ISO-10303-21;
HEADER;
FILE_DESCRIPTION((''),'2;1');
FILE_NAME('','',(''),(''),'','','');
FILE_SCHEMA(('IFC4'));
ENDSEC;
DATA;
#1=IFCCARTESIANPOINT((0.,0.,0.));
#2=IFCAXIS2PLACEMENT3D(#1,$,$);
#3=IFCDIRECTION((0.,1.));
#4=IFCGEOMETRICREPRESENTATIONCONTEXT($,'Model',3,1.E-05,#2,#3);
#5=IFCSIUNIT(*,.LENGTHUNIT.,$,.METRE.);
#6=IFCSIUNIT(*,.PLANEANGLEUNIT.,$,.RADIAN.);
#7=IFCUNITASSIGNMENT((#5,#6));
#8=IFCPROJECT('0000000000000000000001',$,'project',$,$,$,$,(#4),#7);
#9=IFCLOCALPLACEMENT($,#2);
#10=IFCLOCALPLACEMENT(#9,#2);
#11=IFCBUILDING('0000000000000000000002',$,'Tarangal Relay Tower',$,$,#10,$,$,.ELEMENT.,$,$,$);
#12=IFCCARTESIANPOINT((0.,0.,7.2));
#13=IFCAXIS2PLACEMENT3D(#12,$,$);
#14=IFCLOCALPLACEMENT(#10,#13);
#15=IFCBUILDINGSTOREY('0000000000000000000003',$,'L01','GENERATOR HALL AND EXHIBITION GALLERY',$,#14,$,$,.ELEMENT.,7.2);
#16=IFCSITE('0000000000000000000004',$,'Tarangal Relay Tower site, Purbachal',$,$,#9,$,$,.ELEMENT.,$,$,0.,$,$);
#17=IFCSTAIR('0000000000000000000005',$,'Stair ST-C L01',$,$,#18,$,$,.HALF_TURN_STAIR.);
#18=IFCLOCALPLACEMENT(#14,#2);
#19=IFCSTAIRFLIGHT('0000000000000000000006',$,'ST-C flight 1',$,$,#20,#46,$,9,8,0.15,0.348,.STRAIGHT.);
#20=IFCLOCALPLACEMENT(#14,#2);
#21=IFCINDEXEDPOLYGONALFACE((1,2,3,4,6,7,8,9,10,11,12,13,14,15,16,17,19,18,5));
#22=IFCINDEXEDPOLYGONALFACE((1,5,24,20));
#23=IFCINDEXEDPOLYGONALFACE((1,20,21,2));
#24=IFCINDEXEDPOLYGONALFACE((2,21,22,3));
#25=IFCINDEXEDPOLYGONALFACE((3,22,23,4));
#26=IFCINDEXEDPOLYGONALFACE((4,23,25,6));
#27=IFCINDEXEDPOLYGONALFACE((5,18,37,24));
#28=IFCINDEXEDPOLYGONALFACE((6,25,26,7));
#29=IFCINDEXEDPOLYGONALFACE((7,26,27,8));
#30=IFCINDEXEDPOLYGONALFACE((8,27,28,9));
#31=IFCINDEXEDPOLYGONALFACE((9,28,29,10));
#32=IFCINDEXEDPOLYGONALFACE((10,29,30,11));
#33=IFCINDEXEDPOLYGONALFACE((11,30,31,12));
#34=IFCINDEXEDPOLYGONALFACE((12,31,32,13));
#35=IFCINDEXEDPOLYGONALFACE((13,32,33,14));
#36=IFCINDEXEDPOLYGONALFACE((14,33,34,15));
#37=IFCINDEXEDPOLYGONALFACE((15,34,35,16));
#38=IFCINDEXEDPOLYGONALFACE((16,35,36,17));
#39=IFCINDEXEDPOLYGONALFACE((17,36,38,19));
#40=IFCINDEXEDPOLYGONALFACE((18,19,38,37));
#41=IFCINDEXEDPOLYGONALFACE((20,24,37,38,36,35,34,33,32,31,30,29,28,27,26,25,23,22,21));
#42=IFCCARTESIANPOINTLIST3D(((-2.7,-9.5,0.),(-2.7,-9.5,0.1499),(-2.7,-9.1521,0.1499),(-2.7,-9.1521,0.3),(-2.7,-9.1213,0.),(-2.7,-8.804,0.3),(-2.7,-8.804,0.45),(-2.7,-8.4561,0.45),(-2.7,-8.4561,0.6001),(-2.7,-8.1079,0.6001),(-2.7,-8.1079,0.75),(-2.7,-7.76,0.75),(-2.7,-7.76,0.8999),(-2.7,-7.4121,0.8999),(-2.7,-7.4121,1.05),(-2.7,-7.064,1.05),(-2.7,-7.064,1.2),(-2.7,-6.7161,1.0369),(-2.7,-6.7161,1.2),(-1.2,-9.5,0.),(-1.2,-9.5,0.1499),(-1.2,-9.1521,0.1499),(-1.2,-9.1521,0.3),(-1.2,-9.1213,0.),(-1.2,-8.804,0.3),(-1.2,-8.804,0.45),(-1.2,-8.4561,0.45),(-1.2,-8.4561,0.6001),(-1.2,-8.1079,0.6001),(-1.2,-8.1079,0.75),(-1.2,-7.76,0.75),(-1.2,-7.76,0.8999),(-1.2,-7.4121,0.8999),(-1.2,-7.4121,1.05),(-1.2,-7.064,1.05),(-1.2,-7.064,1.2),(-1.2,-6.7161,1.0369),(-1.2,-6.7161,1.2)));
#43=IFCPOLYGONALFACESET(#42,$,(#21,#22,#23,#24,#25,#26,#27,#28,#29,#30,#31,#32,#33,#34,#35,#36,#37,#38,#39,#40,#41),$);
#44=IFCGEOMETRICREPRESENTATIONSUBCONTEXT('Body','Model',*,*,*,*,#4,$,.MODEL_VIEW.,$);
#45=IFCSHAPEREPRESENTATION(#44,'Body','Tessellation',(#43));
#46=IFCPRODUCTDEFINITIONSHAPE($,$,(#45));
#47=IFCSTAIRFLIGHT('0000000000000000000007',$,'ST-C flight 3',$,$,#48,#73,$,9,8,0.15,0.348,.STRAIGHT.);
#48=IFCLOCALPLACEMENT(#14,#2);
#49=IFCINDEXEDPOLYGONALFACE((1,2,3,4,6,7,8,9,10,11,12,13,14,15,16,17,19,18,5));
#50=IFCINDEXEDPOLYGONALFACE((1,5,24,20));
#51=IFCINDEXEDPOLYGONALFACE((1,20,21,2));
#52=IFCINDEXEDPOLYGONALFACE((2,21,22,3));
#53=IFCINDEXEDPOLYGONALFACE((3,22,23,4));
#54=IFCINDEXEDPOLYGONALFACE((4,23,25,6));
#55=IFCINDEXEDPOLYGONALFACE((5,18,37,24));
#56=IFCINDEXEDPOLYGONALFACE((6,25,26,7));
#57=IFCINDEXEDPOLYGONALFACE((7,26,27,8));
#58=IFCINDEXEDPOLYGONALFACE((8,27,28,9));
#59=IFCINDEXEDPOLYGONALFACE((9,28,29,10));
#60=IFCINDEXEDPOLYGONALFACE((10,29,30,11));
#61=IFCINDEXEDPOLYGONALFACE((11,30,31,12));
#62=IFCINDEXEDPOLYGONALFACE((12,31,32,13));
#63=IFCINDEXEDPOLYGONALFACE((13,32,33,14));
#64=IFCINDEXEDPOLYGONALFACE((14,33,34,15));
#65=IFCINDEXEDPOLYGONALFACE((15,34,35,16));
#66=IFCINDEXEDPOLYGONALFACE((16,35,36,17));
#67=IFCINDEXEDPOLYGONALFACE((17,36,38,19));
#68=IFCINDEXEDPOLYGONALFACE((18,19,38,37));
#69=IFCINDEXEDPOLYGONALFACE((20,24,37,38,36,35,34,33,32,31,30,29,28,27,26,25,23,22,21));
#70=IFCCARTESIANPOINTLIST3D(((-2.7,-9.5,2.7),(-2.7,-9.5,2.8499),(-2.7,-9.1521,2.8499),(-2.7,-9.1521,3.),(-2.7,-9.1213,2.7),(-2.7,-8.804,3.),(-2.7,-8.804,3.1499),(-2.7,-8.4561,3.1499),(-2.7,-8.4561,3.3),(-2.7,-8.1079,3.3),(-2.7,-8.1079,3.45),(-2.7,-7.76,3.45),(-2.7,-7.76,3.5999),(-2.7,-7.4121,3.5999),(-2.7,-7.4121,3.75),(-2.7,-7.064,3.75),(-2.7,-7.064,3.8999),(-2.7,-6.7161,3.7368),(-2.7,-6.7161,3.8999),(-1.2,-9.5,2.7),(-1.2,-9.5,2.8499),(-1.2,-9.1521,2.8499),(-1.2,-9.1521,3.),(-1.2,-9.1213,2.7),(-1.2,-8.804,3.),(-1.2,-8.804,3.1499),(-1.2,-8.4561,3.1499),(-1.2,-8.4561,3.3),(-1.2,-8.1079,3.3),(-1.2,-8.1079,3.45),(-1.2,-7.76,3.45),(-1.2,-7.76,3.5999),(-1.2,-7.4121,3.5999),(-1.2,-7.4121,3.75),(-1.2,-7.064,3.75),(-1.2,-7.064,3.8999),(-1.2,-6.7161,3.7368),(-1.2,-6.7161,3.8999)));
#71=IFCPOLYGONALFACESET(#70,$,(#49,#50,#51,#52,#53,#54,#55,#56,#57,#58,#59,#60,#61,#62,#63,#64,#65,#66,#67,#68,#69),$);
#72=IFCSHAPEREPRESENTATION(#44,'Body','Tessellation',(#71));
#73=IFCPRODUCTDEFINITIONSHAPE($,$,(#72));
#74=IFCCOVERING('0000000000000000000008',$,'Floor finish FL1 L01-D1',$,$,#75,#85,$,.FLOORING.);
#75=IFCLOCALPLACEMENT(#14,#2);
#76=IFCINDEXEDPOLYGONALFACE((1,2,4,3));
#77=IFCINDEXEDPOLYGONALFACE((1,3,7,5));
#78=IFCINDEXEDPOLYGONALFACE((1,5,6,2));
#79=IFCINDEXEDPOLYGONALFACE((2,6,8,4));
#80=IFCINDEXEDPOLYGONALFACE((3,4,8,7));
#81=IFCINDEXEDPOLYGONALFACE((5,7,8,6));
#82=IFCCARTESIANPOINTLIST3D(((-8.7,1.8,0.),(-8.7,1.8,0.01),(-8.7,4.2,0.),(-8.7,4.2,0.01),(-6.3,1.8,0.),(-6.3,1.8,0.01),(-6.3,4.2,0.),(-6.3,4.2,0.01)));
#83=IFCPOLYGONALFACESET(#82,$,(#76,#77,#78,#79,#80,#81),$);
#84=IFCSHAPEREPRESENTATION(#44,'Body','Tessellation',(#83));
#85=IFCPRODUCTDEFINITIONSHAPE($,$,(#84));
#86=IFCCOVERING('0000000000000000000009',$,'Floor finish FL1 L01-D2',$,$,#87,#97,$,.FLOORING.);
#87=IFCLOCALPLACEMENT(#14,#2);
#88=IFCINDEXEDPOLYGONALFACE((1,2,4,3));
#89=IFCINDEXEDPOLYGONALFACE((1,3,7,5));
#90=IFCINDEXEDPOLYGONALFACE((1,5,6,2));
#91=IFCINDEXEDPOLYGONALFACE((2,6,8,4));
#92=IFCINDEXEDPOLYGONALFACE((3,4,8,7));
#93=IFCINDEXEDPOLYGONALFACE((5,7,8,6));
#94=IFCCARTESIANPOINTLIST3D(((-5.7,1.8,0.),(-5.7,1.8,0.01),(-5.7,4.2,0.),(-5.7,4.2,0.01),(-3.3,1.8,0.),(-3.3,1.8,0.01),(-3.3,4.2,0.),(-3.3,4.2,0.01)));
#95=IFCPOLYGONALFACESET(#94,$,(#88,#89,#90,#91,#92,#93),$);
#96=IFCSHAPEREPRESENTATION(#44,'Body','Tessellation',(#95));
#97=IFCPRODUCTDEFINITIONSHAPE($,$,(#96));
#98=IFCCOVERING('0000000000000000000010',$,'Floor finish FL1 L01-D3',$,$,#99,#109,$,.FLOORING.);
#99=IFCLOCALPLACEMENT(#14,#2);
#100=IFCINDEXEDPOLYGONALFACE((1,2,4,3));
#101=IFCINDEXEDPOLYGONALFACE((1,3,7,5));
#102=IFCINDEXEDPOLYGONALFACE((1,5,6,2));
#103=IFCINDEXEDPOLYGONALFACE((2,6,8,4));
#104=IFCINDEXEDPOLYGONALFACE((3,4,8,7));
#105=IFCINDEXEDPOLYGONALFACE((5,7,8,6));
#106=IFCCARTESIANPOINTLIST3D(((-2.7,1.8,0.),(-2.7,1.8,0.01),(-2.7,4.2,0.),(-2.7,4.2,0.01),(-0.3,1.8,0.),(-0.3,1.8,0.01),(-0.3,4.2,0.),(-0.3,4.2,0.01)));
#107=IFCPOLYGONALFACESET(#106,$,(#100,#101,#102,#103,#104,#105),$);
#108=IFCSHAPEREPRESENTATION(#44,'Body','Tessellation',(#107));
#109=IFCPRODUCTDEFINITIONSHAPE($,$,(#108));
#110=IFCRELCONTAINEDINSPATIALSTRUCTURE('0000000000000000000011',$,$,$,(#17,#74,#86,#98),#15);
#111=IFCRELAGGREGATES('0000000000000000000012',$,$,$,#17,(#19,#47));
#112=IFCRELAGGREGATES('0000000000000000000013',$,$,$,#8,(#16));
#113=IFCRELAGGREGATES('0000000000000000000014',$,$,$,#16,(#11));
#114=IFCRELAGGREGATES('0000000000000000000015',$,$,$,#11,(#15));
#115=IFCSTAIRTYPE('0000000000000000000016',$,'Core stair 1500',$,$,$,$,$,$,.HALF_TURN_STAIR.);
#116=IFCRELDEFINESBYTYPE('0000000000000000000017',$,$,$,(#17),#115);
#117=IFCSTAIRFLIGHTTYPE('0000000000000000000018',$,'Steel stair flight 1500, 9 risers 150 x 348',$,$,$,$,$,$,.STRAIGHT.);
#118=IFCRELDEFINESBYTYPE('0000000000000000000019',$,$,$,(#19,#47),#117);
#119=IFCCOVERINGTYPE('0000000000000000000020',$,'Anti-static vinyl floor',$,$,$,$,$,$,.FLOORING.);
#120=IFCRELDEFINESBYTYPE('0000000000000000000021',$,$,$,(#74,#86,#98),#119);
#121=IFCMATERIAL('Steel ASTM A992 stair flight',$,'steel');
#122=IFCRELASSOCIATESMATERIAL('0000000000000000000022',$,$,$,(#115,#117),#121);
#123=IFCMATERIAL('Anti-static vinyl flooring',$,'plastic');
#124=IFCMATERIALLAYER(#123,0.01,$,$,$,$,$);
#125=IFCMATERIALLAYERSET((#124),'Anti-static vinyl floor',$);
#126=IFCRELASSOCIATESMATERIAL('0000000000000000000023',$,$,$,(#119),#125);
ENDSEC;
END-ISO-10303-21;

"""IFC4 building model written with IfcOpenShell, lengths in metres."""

from ifc_helpers import new_model, si_unit, direction, frame, origin, place, context, subcontext, project, spatial, polyline, outline, extrude, material, layer, layer_set, type_object, element, aggregate, save


model = new_model("IFC4")

# Units and contexts
model_context = context("Model", 3, precision=1e-05, world=origin(), true_north=direction((0.0, 1.0)))
body_context = subcontext(model_context, "Body", "Model", "MODEL_VIEW")
ifc_project = project(units=[si_unit("LENGTHUNIT", "METRE"), si_unit("PLANEANGLEUNIT", "RADIAN")], contexts=[model_context])

# Site, building, storey
site_placement = place(None, origin())
site = spatial("IfcSite", under=ifc_project, at=site_placement, Name="Tarangal Relay Tower site, Purbachal", CompositionType="ELEMENT", RefElevation=0.0)
building_placement = place(site_placement, origin())
building = spatial("IfcBuilding", under=site, at=building_placement, Name="Tarangal Relay Tower", CompositionType="ELEMENT")
storey_placement = place(building_placement, frame((0.0, 0.0, 7.2)))
storey = spatial("IfcBuildingStorey", under=building, at=storey_placement, Name="L01", Description="GENERATOR HALL AND EXHIBITION GALLERY", CompositionType="ELEMENT", Elevation=7.2)

# Stair, stair flights
ifc_material_1 = material(Name="Steel ASTM A992 stair flight", Category="steel")
stair_type = type_object("IfcStairType", Name="Core stair 1500", PredefinedType="HALF_TURN_STAIR", material=ifc_material_1)
stair_placement = place(storey_placement, origin())
stair = element("IfcStair", 1, at=stair_placement, inside=storey, type_object=stair_type, Name="Stair ST-C L01", PredefinedType="HALF_TURN_STAIR")
stair_flight_type = type_object("IfcStairFlightType", Name="Steel stair flight 1500, 9 risers 150 x 348", PredefinedType="STRAIGHT", material=ifc_material_1)
stair_flight_1_placement = place(storey_placement, frame((-1.95, -9.5, 0.0), z_axis=(0.0, 0.0, 1.0), x_axis=(0.0, 1.0, 0.0)))
stair_flight_1 = element("IfcStairFlight", 2, at=stair_flight_1_placement, type_object=stair_flight_type, Name="ST-C flight 1", NumberOfRisers=9, NumberOfTreads=8, PredefinedType="STRAIGHT", RiserHeight=0.15, TreadLength=0.348, context=body_context, shape_type="SweptSolid", body=[
    extrude(outline(polyline([(0.0, 0.0), (0.0, 0.1499), (0.3479, 0.1499), (0.3479, 0.3), (0.696, 0.3), (0.696, 0.45), (1.0439, 0.45), (1.0439, 0.6001), (1.3921, 0.6001), (1.3921, 0.75), (1.74, 0.75), (1.74, 0.8999), (2.0879, 0.8999), (2.0879, 1.05), (2.436, 1.05), (2.436, 1.2), (2.7839, 1.2), (2.7839, 1.3501), (2.7839, 1.0369), (0.3787, 0.0), (0.0, 0.0)])), frame((0.0, 0.75, 0.0), z_axis=(0.0, -1.0, 0.0), x_axis=(1.0, 0.0, 0.0)), (0.0, 0.0, 1.0), 1.5),
])
stair_flight_2_placement = place(storey_placement, frame((-1.95, -9.5, 2.7), z_axis=(0.0, 0.0, 1.0), x_axis=(0.0, 1.0, 0.0)))
stair_flight_2 = element("IfcStairFlight", 3, at=stair_flight_2_placement, type_object=stair_flight_type, Name="ST-C flight 3", NumberOfRisers=9, NumberOfTreads=8, PredefinedType="STRAIGHT", RiserHeight=0.15, TreadLength=0.348, context=body_context, shape_type="SweptSolid", body=[
    extrude(outline(polyline([(0.0, 0.0), (0.0, 0.1499), (0.3479, 0.1499), (0.3479, 0.3), (0.696, 0.3), (0.696, 0.45), (1.0439, 0.45), (1.0439, 0.6001), (1.3921, 0.6001), (1.3921, 0.75), (1.74, 0.75), (1.74, 0.8999), (2.0879, 0.8999), (2.0879, 1.05), (2.436, 1.05), (2.436, 1.2), (2.7839, 1.2), (2.7839, 1.3501), (2.7839, 1.0369), (0.3787, 0.0), (0.0, 0.0)])), frame((0.0, 0.75, 0.0), z_axis=(0.0, -1.0, 0.0), x_axis=(1.0, 0.0, 0.0)), (0.0, 0.0, 1.0), 1.5),
])
aggregate(stair, [stair_flight_1, stair_flight_2])

# Coverings
ifc_material_2 = material(Name="Anti-static vinyl flooring", Category="plastic")
ifc_layer_1 = layer(ifc_material_2, 0.01)
ifc_layer_set_1 = layer_set([ifc_layer_1], Name="Anti-static vinyl floor")
covering_type_1 = type_object("IfcCoveringType", Name="Anti-static vinyl floor", PredefinedType="FLOORING", material=ifc_layer_set_1)
covering_1_placement = place(storey_placement, origin())
element("IfcCovering", 4, at=covering_1_placement, inside=storey, type_object=covering_type_1, Name="Floor finish FL1 L01-D1", PredefinedType="FLOORING", context=body_context, shape_type="SweptSolid", body=[
    extrude(outline(polyline([(-8.7, 1.8), (-6.3, 1.8), (-6.3, 4.2), (-8.7, 4.2), (-8.7, 1.8)])), origin(), (0.0, 0.0, 1.0), 0.01),
])
covering_2_placement = place(storey_placement, origin())
element("IfcCovering", 5, at=covering_2_placement, inside=storey, type_object=covering_type_1, Name="Floor finish FL1 L01-D2", PredefinedType="FLOORING", context=body_context, shape_type="SweptSolid", body=[
    extrude(outline(polyline([(-5.7, 1.8), (-3.3, 1.8), (-3.3, 4.2), (-5.7, 4.2), (-5.7, 1.8)])), origin(), (0.0, 0.0, 1.0), 0.01),
])
covering_3_placement = place(storey_placement, origin())
element("IfcCovering", 6, at=covering_3_placement, inside=storey, type_object=covering_type_1, Name="Floor finish FL1 L01-D3", PredefinedType="FLOORING", context=body_context, shape_type="SweptSolid", body=[
    extrude(outline(polyline([(-2.7, 1.8), (-0.3, 1.8), (-0.3, 4.2), (-2.7, 4.2), (-2.7, 1.8)])), origin(), (0.0, 0.0, 1.0), 0.01),
])

save(model, "model.ifc")
